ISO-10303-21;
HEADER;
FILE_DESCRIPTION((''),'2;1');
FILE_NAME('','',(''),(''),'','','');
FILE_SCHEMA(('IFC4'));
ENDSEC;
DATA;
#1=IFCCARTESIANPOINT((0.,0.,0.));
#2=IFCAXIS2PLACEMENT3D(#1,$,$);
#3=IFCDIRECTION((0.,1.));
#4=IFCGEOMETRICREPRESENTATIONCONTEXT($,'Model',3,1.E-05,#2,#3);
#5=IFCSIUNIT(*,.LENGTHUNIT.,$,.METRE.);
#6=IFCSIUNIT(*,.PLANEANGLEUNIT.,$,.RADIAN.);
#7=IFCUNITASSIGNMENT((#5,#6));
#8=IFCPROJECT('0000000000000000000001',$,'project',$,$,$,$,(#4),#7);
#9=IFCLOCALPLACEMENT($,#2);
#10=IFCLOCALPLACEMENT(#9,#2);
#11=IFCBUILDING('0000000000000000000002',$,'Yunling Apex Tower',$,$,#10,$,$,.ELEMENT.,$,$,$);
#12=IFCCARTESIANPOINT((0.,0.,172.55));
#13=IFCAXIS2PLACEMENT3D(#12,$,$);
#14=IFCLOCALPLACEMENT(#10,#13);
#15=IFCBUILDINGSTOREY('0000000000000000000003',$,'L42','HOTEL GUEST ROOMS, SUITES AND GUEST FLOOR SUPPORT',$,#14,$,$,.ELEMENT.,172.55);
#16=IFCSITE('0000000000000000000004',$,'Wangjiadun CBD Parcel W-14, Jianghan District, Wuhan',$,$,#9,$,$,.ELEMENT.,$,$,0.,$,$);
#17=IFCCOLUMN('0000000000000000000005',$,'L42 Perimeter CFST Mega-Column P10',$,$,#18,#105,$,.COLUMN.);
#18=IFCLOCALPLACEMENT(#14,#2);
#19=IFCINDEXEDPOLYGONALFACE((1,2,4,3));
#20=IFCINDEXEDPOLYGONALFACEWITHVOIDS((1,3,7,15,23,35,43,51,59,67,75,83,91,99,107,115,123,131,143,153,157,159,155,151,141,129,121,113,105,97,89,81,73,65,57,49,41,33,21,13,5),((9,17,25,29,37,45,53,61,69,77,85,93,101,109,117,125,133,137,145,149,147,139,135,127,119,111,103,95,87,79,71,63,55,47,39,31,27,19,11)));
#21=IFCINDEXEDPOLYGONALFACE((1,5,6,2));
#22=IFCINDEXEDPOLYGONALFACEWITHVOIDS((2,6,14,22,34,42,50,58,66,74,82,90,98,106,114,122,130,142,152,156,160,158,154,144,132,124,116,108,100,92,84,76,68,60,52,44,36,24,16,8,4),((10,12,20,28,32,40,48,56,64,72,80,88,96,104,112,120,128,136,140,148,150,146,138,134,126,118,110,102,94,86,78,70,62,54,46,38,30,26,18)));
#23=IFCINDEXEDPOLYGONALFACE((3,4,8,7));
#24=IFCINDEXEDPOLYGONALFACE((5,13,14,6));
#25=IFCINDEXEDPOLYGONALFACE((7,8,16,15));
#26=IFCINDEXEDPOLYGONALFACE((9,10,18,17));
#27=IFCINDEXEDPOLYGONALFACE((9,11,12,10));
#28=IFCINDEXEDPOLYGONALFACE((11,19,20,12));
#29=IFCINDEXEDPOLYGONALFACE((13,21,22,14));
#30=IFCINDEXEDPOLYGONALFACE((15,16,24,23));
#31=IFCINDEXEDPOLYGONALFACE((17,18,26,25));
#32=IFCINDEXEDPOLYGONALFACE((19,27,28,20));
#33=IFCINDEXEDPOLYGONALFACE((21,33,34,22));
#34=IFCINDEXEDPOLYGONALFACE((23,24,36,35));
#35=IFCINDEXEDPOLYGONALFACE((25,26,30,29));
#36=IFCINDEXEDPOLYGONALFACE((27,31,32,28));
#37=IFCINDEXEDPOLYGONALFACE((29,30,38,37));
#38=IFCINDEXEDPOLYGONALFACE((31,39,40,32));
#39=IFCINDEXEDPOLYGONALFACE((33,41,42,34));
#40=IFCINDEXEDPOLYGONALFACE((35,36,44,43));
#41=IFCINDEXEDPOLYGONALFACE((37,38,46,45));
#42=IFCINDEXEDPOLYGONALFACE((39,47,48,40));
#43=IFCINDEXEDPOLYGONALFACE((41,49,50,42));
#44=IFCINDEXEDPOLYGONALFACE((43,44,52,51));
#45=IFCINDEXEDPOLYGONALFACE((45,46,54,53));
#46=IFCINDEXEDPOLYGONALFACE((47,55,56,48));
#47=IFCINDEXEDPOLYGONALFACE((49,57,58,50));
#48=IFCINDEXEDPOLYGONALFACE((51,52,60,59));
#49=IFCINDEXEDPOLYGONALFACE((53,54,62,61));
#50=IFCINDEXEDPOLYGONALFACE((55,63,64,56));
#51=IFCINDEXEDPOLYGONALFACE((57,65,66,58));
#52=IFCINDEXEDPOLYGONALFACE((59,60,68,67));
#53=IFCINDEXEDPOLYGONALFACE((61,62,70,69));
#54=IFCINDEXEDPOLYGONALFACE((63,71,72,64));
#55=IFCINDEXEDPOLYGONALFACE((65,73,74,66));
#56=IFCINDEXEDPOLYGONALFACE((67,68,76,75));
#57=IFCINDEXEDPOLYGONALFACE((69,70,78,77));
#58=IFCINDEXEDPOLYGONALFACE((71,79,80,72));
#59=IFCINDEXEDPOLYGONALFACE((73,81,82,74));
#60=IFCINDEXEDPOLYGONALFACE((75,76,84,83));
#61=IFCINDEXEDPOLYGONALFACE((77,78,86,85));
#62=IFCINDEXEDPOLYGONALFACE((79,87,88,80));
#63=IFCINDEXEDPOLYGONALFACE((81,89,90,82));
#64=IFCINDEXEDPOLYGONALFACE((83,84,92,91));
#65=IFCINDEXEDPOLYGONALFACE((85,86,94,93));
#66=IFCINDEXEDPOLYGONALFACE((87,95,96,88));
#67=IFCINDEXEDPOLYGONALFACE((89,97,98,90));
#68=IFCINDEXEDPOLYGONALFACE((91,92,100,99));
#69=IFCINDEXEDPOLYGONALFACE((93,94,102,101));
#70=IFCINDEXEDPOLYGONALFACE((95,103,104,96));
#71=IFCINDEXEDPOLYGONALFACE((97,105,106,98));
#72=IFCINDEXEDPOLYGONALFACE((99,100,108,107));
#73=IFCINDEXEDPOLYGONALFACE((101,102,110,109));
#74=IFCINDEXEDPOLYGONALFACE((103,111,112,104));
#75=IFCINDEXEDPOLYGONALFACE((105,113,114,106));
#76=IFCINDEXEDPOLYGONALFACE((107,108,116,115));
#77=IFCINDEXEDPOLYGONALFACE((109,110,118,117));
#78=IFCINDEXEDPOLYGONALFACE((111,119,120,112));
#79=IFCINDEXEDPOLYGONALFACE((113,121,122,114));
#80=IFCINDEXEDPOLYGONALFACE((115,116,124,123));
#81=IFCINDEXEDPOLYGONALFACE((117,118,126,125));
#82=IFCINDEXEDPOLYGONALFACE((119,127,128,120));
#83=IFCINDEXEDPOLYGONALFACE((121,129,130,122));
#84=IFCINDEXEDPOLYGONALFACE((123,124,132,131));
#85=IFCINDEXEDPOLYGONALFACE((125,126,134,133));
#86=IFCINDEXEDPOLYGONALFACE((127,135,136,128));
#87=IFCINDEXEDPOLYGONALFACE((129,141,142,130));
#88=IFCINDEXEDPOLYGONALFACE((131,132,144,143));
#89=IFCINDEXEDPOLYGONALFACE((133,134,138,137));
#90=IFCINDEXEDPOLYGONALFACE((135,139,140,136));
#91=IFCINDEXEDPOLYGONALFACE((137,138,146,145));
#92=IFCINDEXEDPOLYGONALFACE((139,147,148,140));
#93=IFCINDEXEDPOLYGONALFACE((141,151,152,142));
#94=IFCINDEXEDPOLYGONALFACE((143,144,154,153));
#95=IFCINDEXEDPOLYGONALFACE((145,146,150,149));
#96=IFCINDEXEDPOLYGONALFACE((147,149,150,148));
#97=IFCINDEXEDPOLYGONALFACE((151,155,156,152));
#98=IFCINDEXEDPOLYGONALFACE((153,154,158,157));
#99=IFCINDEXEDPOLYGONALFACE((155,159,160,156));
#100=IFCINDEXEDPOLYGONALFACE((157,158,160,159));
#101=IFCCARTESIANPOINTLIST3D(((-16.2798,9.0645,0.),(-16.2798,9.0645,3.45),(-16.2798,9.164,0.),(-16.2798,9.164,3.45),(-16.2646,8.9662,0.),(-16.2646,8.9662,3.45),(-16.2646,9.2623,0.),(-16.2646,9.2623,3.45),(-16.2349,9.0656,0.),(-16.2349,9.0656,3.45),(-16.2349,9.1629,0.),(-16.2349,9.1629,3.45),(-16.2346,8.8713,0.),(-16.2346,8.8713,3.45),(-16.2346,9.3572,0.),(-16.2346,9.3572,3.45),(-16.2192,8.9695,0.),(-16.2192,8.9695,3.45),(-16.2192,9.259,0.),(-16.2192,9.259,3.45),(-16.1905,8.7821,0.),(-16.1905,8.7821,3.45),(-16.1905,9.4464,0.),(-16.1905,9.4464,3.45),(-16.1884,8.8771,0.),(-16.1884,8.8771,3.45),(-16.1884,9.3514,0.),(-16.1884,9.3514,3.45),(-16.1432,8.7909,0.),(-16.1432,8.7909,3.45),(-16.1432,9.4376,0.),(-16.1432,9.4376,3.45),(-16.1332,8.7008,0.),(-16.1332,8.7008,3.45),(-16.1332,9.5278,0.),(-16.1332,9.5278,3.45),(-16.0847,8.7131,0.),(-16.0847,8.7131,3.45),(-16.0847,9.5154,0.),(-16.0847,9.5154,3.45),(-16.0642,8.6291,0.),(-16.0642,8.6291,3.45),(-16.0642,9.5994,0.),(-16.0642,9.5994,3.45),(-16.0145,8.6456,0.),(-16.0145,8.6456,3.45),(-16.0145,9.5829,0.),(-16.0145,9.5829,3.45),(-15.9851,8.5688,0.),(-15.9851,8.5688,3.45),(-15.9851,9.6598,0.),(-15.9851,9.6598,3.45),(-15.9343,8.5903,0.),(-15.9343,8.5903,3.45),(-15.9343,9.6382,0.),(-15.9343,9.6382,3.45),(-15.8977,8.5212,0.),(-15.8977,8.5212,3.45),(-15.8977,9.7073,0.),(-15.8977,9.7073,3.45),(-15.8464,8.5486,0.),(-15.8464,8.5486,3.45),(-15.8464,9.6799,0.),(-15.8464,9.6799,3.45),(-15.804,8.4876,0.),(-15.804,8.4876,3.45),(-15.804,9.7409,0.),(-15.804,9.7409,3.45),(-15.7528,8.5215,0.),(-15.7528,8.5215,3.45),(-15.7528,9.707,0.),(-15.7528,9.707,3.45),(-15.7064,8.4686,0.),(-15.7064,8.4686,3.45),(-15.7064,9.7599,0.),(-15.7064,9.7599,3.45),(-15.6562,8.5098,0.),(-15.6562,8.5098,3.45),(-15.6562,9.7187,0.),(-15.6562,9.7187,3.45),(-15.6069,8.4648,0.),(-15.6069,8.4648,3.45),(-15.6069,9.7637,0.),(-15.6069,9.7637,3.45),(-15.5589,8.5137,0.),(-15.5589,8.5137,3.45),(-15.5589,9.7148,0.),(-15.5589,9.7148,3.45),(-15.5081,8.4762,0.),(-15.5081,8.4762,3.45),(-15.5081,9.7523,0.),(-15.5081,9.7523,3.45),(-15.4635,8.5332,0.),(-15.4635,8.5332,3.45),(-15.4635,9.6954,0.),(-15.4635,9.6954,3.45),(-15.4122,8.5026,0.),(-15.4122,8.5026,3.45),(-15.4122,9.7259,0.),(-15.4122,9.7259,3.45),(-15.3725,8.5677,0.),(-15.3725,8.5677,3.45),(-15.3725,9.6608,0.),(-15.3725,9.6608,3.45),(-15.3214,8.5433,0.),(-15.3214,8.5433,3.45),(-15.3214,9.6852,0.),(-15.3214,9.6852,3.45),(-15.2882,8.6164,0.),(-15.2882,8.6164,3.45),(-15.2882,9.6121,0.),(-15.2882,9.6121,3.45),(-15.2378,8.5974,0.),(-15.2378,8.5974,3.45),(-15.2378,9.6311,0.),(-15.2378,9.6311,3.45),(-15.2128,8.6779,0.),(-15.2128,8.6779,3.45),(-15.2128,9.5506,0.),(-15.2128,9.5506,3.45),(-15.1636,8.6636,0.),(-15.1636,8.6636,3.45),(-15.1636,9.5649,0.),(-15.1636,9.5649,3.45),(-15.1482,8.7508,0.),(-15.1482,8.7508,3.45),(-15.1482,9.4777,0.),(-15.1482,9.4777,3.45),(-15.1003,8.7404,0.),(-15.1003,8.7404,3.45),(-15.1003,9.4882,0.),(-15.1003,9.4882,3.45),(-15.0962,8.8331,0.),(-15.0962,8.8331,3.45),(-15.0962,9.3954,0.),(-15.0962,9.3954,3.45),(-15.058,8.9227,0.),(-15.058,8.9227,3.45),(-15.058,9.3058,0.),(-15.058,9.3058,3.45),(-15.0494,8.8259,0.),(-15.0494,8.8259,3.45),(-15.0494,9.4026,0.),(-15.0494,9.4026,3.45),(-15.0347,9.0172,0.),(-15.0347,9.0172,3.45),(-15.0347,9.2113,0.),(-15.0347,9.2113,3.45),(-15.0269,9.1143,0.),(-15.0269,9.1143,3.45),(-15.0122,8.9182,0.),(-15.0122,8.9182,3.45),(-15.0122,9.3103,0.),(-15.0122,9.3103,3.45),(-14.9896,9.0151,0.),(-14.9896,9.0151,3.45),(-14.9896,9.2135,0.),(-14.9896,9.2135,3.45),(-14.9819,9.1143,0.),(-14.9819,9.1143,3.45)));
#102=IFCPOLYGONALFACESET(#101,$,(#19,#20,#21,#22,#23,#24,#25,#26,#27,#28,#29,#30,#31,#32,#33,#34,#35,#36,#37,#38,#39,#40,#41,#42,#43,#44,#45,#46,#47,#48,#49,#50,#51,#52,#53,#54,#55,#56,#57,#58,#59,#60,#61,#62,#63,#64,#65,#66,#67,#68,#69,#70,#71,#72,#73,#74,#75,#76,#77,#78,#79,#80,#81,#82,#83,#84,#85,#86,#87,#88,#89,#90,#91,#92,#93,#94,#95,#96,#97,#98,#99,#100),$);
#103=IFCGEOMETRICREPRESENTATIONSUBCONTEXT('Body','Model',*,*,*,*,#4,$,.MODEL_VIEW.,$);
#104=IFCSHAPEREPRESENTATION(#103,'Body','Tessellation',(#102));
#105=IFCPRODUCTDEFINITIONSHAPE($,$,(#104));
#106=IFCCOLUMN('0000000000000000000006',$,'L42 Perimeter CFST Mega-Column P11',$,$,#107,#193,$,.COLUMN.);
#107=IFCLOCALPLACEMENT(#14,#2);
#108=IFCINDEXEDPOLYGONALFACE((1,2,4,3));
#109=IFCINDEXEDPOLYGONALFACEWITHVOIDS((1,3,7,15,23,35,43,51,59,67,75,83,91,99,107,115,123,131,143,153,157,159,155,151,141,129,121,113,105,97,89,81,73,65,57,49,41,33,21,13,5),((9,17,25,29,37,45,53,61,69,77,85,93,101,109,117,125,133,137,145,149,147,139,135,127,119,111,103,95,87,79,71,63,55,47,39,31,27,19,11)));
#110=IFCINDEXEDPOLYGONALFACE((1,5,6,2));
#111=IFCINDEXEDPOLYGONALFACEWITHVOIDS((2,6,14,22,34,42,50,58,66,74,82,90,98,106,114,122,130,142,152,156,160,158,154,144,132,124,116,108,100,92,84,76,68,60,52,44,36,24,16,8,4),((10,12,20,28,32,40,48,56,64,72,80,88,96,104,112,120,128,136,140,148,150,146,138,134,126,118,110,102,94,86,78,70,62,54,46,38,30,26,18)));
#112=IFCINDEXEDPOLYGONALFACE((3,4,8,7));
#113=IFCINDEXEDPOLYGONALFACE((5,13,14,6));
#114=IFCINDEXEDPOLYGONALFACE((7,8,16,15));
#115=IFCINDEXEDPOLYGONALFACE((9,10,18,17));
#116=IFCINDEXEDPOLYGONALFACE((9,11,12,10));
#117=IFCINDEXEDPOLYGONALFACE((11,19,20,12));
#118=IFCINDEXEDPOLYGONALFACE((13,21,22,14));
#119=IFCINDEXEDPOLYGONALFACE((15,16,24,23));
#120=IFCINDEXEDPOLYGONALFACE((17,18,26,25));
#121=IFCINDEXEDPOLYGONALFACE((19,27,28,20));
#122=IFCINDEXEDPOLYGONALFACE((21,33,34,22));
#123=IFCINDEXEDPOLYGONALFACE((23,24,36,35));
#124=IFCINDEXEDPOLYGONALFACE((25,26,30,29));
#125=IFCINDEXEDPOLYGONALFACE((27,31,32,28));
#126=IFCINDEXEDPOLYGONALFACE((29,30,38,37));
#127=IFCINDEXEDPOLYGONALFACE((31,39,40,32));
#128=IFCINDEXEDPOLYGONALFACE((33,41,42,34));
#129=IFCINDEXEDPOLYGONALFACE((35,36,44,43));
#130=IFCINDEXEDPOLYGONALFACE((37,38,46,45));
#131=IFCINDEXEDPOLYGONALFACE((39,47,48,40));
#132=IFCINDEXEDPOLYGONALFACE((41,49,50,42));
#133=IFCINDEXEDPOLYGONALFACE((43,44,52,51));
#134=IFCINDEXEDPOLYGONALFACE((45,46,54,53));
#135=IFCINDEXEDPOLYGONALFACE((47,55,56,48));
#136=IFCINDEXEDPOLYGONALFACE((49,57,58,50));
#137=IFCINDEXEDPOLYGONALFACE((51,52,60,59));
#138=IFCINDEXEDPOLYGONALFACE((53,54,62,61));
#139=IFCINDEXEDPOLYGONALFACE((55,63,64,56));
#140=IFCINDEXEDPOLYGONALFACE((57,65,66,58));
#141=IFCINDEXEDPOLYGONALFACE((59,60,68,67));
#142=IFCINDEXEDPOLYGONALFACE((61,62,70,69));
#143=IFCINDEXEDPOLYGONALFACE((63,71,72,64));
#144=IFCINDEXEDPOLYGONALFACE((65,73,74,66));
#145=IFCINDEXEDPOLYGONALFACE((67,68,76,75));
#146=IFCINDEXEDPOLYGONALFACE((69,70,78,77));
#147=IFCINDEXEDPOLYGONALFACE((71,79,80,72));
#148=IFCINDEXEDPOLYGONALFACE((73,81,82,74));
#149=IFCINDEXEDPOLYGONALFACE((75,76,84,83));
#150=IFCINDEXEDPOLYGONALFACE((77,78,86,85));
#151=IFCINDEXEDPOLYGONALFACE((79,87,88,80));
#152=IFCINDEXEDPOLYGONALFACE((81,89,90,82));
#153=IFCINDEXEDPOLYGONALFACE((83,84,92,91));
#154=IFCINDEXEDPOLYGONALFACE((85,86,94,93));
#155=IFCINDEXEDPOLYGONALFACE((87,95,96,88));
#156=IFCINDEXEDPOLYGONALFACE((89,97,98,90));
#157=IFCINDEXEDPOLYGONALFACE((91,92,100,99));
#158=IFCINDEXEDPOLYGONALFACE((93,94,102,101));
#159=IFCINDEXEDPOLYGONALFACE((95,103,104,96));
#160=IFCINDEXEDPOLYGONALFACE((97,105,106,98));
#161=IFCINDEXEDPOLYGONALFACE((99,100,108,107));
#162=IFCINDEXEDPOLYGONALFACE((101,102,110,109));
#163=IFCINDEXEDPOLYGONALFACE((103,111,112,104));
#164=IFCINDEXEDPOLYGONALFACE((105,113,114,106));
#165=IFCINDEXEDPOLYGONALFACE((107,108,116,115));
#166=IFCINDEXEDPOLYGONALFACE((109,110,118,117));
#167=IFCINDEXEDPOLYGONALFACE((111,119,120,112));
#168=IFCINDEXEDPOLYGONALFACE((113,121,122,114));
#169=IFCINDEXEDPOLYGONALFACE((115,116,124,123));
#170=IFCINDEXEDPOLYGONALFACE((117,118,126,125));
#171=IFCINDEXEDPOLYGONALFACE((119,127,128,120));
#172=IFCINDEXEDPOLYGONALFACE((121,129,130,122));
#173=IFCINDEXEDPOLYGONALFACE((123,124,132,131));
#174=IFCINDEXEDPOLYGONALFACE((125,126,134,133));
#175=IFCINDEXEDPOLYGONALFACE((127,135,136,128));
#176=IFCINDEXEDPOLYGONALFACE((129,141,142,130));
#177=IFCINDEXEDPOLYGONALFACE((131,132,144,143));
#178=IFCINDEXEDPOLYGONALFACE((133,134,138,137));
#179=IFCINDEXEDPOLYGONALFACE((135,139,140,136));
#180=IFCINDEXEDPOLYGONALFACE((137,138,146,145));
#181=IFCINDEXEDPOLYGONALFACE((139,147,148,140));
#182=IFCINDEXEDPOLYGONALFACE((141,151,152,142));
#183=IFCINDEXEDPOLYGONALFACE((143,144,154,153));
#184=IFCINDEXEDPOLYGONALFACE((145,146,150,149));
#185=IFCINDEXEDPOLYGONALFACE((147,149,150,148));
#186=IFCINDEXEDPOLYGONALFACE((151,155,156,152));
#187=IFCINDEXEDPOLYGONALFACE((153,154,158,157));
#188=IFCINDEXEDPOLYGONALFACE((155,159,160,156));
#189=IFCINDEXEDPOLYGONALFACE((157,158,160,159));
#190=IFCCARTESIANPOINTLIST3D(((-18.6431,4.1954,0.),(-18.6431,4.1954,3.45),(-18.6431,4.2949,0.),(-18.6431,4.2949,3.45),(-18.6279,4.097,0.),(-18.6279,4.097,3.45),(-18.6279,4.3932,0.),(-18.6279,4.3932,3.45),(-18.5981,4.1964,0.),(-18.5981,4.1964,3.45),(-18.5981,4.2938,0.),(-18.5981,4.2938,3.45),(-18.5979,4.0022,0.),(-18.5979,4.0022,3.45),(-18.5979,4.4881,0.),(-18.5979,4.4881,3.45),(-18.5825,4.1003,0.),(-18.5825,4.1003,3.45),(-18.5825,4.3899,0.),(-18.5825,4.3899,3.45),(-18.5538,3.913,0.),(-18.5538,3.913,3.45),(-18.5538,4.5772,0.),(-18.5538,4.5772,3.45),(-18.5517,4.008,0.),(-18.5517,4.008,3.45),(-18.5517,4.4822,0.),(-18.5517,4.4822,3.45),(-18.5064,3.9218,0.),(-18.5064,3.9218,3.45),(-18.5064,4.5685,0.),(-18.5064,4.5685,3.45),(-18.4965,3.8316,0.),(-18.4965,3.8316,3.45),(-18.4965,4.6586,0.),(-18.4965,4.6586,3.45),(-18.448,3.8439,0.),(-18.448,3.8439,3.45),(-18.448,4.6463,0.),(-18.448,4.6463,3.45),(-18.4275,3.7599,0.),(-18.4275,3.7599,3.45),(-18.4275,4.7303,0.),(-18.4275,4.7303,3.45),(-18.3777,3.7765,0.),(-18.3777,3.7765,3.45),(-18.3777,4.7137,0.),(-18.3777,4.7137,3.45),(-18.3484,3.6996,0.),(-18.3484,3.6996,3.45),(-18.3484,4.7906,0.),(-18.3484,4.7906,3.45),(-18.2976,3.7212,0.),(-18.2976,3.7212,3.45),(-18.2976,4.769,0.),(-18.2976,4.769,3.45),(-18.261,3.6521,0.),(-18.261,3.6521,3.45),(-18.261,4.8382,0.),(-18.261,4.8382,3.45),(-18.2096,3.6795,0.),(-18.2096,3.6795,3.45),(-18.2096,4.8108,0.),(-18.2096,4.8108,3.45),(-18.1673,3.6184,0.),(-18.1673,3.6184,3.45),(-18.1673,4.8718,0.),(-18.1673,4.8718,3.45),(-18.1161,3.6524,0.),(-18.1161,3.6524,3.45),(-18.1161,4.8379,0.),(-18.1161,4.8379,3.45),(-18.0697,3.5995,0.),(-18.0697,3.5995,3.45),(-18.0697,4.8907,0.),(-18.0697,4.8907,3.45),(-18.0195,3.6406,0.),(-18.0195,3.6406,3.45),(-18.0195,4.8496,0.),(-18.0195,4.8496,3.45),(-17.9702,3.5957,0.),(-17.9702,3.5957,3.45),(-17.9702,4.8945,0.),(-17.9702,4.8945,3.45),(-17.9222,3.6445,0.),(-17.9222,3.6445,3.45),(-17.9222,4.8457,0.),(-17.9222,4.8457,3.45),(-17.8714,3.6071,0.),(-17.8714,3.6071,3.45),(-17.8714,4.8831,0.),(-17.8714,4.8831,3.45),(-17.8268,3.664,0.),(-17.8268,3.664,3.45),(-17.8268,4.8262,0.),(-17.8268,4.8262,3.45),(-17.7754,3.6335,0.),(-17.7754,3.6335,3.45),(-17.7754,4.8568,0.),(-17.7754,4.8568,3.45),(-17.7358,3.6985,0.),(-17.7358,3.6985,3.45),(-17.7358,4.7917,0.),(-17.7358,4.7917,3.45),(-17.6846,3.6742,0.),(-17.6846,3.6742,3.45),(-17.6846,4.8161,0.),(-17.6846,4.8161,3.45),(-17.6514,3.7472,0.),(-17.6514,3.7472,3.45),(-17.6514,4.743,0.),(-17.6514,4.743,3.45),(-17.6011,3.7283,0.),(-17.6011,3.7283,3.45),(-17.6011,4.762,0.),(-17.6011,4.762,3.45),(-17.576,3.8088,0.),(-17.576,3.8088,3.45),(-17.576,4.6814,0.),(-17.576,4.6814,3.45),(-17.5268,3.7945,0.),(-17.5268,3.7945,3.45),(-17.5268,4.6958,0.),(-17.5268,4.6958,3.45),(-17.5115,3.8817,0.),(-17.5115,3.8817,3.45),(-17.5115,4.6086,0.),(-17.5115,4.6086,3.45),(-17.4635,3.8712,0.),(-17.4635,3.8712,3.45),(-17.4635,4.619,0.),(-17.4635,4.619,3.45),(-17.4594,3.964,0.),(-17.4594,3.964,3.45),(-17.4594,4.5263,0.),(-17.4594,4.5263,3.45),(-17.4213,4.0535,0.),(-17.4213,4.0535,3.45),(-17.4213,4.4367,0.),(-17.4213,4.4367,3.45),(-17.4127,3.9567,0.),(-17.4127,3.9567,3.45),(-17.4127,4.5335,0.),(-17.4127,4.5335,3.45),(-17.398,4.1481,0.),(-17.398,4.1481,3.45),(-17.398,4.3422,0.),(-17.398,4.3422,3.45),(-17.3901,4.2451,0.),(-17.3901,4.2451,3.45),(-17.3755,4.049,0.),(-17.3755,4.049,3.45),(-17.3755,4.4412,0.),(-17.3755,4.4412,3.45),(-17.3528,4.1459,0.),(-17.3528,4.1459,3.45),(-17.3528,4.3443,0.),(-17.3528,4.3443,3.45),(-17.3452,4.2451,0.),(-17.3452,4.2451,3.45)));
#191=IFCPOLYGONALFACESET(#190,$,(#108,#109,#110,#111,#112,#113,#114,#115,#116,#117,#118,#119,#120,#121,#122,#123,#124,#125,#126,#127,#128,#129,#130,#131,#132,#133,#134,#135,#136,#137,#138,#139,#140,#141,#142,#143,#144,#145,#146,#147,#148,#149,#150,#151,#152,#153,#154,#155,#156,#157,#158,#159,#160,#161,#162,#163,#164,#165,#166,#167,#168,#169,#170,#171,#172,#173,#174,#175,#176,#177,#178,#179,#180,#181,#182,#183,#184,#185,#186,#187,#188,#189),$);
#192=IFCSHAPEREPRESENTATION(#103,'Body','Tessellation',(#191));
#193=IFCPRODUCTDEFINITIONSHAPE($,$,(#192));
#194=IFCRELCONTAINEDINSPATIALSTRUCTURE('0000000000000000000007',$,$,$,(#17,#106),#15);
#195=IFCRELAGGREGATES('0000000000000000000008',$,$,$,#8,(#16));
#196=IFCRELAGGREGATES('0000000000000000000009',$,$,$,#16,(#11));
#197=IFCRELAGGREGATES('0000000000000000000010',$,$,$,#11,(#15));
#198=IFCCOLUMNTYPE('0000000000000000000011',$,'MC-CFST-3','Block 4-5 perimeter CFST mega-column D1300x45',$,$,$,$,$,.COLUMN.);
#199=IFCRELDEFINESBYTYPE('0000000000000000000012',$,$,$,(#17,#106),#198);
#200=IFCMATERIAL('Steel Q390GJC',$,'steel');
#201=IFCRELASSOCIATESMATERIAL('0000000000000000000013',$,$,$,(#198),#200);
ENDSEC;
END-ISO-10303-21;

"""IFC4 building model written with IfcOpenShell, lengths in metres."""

from ifc_helpers import new_model, si_unit, direction, frame, origin, origin_2d, place, context, subcontext, project, spatial, hollow_circle, extrude, source, transform, mapped, material, material_profile, profile_set, type_object, element, save


model = new_model("IFC4")

# Units and contexts
model_context = context("Model", 3, precision=1e-05, world=origin(), true_north=direction((0.0, 1.0)))
body_context = subcontext(model_context, "Body", "Model", "MODEL_VIEW")
ifc_project = project(units=[si_unit("LENGTHUNIT", "METRE"), si_unit("PLANEANGLEUNIT", "RADIAN")], contexts=[model_context])

# Site, building, storey
site_placement = place(None, origin())
site = spatial("IfcSite", under=ifc_project, at=site_placement, Name="Wangjiadun CBD Parcel W-14, Jianghan District, Wuhan", CompositionType="ELEMENT", RefElevation=0.0)
building_placement = place(site_placement, origin())
building = spatial("IfcBuilding", under=site, at=building_placement, Name="Yunling Apex Tower", CompositionType="ELEMENT")
storey_placement = place(building_placement, frame((0.0, 0.0, 172.55)))
storey = spatial("IfcBuildingStorey", under=building, at=storey_placement, Name="L42", Description="HOTEL GUEST ROOMS, SUITES AND GUEST FLOOR SUPPORT", CompositionType="ELEMENT", Elevation=172.55)

# Columns
ifc_material_1 = material(Name="Steel Q390GJC", Category="steel")
ifc_material_profile_1 = material_profile(ifc_material_1, hollow_circle(Radius=0.6499, WallThickness=0.0449, at=origin_2d()))
ifc_profile_set_1 = profile_set([ifc_material_profile_1], Name="Steel Q390GJC")
column_type = type_object("IfcColumnType", Name="MC-CFST-3", Description="Block 4-5 perimeter CFST mega-column D1300x45", PredefinedType="COLUMN", material=ifc_profile_set_1)
shared_shape_1 = source(origin(), body_context, "Body", "SweptSolid", [
    extrude(hollow_circle(Radius=0.6499, WallThickness=0.0449, at=origin_2d()), origin(), (0.0, 0.0, 1.0), 3.45),
])
for number, where, z_axis, x_axis, name in (
    (1, (-15.6318, 9.1143, 0.0), (0.0, 0.0, 1.0), (1.0, 0.0, 0.0), "L42 Perimeter CFST Mega-Column P10"),
    (2, (-17.9951, 4.2451, 0.0), (0.0, 0.0, 1.0), (1.0, 0.0, 0.0), "L42 Perimeter CFST Mega-Column P11"),
):
    element("IfcColumn", number, at=place(storey_placement, frame(where, z_axis=z_axis, x_axis=x_axis)), inside=storey, type_object=column_type, Name=name, PredefinedType="COLUMN", context=body_context, shape_type="MappedRepresentation", body=[
        mapped(shared_shape_1, transform((0.0, 0.0, 0.0), scale=1.0)),
    ])

save(model, "model.ifc")
